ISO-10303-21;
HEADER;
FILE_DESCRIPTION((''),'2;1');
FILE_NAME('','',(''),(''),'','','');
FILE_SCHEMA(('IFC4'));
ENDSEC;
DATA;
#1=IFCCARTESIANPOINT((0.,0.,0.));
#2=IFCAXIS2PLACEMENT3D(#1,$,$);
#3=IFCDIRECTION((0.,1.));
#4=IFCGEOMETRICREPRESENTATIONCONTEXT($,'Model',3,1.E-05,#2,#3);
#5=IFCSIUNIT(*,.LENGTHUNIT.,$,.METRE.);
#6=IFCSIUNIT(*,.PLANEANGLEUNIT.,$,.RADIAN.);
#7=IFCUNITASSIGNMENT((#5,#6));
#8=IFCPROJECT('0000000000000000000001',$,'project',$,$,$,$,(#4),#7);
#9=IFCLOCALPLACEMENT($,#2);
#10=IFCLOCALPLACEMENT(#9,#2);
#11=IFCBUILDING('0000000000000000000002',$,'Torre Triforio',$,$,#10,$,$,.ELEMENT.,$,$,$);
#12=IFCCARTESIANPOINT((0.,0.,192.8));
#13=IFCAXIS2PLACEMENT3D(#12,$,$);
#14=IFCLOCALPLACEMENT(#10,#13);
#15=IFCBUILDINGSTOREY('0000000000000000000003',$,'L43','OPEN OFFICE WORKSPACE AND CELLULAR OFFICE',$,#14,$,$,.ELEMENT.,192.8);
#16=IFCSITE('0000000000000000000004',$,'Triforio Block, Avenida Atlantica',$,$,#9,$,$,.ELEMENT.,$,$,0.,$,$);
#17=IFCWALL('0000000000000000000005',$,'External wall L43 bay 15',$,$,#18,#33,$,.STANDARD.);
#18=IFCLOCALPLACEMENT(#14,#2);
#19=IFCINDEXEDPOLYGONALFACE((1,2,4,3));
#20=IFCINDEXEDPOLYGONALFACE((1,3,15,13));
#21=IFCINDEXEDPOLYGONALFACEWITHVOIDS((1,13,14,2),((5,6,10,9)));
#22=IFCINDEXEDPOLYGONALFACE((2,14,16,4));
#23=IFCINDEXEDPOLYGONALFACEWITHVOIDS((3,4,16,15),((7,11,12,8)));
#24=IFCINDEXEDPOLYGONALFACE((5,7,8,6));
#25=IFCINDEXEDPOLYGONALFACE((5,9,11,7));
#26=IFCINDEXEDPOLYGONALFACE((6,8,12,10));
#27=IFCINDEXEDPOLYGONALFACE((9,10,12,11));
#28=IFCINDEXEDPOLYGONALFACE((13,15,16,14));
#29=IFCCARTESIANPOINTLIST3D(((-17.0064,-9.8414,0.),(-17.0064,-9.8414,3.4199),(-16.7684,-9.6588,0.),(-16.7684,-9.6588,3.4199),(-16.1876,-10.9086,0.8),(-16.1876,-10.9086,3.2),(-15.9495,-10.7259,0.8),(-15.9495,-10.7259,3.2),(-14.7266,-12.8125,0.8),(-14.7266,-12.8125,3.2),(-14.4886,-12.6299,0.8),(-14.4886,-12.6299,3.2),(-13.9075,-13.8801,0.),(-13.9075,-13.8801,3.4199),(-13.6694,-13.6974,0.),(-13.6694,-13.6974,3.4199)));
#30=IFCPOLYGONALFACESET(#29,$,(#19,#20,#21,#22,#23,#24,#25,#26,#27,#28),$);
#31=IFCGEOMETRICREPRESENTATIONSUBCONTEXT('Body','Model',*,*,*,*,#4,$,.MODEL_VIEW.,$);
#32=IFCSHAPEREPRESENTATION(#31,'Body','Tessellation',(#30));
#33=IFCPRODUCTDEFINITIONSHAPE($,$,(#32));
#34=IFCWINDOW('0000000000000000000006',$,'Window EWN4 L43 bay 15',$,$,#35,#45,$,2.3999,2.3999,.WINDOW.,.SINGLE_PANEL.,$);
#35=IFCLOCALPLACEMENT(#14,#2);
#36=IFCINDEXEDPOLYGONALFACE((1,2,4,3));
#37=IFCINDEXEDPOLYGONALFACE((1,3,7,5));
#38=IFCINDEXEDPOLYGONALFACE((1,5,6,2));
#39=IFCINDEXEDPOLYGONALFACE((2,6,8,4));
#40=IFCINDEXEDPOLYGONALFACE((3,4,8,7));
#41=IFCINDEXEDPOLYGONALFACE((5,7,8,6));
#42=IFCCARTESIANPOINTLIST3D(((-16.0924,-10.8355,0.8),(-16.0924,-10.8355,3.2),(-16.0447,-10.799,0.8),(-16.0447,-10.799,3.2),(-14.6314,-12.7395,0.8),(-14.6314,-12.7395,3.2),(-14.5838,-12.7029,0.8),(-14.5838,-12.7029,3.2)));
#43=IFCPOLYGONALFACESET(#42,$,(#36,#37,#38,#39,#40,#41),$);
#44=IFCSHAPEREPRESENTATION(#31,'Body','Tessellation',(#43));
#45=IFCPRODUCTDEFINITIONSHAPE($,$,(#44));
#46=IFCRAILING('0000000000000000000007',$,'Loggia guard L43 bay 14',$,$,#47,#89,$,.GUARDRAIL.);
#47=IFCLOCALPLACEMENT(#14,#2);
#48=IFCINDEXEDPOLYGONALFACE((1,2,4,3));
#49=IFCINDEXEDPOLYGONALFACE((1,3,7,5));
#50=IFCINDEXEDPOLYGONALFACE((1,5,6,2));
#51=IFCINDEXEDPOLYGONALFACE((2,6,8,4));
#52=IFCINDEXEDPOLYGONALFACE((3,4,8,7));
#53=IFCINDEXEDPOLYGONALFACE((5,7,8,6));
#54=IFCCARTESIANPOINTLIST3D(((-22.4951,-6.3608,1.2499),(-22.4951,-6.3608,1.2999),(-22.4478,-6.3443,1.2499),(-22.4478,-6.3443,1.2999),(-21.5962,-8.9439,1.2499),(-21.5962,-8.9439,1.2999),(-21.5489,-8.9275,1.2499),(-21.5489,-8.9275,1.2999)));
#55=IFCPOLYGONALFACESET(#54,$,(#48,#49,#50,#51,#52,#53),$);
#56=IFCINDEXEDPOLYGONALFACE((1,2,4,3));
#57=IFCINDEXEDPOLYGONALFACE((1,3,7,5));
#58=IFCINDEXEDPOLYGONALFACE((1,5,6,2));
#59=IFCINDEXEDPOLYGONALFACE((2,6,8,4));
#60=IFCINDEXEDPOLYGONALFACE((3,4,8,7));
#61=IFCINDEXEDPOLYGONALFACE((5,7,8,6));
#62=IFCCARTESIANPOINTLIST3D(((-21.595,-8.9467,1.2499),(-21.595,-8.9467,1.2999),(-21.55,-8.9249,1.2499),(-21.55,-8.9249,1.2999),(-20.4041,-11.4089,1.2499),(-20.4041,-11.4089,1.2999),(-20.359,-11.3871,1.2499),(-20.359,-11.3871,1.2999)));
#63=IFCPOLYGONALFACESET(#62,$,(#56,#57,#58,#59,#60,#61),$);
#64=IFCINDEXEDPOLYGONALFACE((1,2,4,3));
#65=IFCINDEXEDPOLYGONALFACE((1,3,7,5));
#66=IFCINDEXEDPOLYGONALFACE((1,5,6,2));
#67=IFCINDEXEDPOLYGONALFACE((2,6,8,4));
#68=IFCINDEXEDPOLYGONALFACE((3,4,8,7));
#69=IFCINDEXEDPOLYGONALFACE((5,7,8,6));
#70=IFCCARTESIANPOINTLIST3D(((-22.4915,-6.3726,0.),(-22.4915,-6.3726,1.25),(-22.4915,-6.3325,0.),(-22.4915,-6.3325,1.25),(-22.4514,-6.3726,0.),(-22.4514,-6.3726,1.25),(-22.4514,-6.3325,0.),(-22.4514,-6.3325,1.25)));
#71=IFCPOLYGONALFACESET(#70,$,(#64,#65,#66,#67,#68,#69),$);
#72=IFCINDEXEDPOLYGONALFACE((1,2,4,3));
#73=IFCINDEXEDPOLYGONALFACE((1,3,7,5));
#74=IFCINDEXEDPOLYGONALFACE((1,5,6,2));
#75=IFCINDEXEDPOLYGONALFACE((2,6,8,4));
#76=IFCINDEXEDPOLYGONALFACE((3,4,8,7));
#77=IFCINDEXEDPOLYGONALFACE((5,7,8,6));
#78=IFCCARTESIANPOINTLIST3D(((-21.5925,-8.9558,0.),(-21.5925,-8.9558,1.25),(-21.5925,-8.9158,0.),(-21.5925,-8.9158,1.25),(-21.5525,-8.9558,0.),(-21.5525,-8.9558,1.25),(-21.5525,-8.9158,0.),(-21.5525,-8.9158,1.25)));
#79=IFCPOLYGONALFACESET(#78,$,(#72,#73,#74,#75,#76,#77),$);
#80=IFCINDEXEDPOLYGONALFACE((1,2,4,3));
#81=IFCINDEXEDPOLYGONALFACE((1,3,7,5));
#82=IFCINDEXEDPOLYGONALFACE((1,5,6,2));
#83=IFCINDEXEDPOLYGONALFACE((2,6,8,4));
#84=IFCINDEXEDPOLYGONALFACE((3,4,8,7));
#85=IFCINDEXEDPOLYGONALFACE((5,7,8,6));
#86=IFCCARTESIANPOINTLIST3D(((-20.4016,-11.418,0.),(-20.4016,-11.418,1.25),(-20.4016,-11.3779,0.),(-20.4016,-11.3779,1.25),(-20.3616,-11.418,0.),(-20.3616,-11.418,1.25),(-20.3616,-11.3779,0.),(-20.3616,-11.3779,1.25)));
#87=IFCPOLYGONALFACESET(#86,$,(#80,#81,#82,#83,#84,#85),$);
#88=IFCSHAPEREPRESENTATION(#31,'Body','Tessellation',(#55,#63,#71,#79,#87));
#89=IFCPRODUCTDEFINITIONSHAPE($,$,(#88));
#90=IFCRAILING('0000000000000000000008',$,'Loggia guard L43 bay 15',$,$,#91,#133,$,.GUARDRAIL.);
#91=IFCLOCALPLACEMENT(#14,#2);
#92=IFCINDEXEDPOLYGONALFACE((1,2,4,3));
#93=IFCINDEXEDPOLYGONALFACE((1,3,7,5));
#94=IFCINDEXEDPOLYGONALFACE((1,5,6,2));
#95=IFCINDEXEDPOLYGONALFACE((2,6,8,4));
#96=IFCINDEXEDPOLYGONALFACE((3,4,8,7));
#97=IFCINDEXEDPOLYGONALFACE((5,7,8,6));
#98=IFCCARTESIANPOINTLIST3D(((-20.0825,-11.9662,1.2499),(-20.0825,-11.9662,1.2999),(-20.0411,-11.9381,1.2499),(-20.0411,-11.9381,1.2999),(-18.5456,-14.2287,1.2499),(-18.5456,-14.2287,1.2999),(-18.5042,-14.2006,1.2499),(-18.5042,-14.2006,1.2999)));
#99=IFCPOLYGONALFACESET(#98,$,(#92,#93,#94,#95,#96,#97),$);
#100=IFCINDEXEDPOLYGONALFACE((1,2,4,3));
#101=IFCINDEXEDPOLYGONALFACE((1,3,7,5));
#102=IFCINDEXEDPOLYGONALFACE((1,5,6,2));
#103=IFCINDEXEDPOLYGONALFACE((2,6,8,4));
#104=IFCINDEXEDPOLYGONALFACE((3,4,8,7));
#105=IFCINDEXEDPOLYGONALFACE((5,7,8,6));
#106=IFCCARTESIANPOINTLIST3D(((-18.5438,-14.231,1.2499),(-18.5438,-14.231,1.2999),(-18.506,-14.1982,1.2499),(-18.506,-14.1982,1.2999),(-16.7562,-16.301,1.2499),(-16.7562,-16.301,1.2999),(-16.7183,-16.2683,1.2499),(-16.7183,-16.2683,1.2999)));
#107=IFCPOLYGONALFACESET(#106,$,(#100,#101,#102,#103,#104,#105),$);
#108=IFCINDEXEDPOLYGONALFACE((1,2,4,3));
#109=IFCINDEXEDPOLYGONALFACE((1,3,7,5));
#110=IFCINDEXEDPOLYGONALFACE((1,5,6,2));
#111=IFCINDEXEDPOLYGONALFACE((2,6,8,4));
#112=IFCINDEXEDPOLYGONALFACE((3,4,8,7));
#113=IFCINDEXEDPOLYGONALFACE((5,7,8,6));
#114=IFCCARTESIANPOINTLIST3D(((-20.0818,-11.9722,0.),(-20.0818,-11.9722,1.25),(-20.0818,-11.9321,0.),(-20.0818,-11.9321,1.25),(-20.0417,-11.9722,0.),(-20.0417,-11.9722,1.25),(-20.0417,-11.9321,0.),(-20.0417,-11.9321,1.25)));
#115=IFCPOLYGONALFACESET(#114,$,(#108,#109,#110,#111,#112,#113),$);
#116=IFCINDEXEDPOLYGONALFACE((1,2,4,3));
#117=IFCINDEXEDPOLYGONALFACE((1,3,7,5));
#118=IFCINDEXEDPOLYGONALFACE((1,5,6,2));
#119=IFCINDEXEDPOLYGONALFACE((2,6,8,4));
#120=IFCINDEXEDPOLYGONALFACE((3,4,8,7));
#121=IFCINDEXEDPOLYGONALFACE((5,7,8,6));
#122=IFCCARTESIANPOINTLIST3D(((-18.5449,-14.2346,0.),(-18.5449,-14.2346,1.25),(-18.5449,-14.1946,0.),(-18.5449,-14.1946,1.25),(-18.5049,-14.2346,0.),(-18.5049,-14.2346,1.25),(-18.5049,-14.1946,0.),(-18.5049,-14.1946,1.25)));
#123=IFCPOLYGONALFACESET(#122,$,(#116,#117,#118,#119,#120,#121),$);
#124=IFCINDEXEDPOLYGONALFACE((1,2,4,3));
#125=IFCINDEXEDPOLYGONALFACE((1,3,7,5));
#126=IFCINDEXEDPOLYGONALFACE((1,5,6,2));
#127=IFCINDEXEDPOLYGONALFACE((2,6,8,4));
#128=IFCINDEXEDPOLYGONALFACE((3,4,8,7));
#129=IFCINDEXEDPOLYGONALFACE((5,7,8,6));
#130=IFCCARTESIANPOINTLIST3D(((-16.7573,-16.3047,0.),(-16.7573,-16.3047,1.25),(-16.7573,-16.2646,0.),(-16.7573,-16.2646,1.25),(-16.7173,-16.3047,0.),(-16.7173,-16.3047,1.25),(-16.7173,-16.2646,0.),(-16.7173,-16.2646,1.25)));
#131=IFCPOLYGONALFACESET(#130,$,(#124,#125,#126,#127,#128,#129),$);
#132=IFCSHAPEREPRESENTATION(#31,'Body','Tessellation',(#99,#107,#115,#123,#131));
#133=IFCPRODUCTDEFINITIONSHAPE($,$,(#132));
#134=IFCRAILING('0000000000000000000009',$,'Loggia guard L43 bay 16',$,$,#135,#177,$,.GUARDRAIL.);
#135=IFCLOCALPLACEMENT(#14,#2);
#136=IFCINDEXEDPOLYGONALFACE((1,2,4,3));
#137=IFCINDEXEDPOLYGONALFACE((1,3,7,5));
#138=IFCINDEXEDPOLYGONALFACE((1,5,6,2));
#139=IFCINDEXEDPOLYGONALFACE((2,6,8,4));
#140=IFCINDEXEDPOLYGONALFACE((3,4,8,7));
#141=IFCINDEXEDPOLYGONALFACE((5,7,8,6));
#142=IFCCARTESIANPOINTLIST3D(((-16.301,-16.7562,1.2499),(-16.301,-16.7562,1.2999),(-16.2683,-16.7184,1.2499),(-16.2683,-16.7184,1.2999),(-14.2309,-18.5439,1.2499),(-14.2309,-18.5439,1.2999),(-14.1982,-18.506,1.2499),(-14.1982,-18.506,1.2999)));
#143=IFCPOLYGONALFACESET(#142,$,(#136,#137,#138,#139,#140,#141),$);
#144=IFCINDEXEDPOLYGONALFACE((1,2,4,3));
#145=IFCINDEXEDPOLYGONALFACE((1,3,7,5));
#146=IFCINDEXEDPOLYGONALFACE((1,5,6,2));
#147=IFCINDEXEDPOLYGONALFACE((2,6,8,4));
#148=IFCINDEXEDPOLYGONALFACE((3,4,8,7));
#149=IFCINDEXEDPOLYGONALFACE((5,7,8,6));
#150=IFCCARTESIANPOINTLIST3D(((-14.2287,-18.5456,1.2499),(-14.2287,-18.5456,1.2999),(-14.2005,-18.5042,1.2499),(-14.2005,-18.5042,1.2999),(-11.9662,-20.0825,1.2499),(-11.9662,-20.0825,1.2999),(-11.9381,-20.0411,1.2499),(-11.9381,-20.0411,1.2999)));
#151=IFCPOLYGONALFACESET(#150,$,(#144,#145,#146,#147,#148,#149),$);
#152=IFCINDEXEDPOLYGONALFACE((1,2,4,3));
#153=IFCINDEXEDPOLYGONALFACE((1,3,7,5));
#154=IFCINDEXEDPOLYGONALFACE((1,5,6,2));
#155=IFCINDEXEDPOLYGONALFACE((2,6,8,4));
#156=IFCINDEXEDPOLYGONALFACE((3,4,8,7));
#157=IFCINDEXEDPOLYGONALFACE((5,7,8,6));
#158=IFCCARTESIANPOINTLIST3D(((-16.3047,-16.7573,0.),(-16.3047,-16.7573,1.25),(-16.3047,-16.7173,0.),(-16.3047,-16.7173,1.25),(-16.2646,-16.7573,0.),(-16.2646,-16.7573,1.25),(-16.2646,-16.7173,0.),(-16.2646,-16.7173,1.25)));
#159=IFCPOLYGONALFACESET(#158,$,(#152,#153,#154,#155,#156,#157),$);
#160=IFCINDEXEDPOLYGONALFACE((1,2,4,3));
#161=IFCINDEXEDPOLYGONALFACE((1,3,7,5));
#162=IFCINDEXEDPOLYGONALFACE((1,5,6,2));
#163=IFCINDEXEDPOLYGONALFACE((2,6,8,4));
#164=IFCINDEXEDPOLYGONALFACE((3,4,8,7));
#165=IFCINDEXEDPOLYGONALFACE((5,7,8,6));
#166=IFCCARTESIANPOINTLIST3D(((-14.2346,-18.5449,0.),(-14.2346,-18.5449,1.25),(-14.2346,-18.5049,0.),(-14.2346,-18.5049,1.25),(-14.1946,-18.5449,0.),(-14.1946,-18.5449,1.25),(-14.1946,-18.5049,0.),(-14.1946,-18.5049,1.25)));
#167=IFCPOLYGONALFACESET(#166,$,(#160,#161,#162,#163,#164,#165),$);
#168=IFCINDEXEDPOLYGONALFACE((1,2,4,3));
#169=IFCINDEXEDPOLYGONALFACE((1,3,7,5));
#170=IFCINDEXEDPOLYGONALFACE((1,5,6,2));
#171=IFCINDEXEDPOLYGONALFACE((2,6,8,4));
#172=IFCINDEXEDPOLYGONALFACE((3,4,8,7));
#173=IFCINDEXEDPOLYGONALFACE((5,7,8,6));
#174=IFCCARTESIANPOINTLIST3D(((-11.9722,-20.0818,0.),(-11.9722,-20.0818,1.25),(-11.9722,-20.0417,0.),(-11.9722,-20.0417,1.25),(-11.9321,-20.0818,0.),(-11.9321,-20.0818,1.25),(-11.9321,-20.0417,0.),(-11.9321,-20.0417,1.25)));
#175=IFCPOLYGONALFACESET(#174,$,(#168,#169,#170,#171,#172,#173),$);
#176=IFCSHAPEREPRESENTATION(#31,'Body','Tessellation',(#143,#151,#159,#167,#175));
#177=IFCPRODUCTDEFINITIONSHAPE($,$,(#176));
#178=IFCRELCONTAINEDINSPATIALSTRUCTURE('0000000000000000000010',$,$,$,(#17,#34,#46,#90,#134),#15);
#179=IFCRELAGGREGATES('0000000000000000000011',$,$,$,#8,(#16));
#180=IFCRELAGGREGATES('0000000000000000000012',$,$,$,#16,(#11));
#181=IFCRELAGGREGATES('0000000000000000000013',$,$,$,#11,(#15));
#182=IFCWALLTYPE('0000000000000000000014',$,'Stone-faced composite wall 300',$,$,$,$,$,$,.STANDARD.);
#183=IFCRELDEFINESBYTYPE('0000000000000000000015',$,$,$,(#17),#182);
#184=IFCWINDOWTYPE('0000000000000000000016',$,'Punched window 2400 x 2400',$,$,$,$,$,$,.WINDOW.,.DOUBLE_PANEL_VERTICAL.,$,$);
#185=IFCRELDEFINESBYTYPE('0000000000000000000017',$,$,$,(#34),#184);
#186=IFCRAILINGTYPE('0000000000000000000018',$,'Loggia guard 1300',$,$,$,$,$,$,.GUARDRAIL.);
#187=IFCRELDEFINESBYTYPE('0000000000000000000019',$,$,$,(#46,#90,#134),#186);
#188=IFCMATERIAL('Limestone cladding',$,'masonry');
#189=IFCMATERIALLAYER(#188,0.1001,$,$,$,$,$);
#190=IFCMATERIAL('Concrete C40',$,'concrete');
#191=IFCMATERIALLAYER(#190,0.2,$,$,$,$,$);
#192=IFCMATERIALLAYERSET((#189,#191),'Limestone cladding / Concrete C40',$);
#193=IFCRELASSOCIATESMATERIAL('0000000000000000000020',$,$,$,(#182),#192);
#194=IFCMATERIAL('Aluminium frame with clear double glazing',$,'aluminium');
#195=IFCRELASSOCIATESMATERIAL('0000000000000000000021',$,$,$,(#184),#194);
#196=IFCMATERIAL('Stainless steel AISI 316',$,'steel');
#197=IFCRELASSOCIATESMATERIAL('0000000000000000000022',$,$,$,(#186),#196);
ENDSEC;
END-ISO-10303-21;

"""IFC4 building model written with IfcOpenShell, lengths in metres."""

from ifc_helpers import new_model, si_unit, direction, frame, frame_2d, origin, origin_2d, place, context, subcontext, project, spatial, rectangle, extrude, material, layer, layer_set, type_object, element, fill, save


model = new_model("IFC4")

# Units and contexts
model_context = context("Model", 3, precision=1e-05, world=origin(), true_north=direction((0.0, 1.0)))
body_context = subcontext(model_context, "Body", "Model", "MODEL_VIEW")
ifc_project = project(units=[si_unit("LENGTHUNIT", "METRE"), si_unit("PLANEANGLEUNIT", "RADIAN")], contexts=[model_context])

# Site, building, storey
site_placement = place(None, origin())
site = spatial("IfcSite", under=ifc_project, at=site_placement, Name="Triforio Block, Avenida Atlantica", CompositionType="ELEMENT", RefElevation=0.0)
building_placement = place(site_placement, origin())
building = spatial("IfcBuilding", under=site, at=building_placement, Name="Torre Triforio", CompositionType="ELEMENT")
storey_placement = place(building_placement, frame((0.0, 0.0, 192.8)))
storey = spatial("IfcBuildingStorey", under=building, at=storey_placement, Name="L43", Description="OPEN OFFICE WORKSPACE AND CELLULAR OFFICE", CompositionType="ELEMENT", Elevation=192.8)

# Shared definitions
ifc_material_1 = material(Name="Limestone cladding", Category="masonry")
ifc_material_2 = material(Name="Concrete C40", Category="concrete")

# Wall, opening, window
ifc_layer_1 = layer(ifc_material_1, 0.1001)
ifc_layer_2 = layer(ifc_material_2, 0.2)
ifc_layer_set_1 = layer_set([ifc_layer_1, ifc_layer_2], Name="Limestone cladding / Concrete C40")
wall_type_1 = type_object("IfcWallType", Name="Stone-faced composite wall 300", PredefinedType="STANDARD", material=ifc_layer_set_1)
wall_1_placement = place(storey_placement, frame((-16.8875, -9.75, 0.0), z_axis=(0.0, 0.0, 1.0), x_axis=(0.608758, -0.793356, 0.0)))
wall_1 = element("IfcWall", 1, at=wall_1_placement, inside=storey, type_object=wall_type_1, Name="External wall L43 bay 15", PredefinedType="STANDARD", context=body_context, shape_type="SweptSolid", body=[
    extrude(rectangle(XDim=5.0906, YDim=0.3, at=frame_2d((2.5454, 0.0))), origin(), (0.0, 0.0, 1.0), 3.4199),
])
opening_1_placement = place(wall_1_placement, frame((1.3452, 0.0, 0.8)))
opening_1 = element("IfcOpeningElement", 2, at=opening_1_placement, cuts=wall_1, PredefinedType="OPENING", context=body_context, shape_type="SweptSolid", body=[
    extrude(rectangle(XDim=2.3999, YDim=2.3999, at=frame_2d((1.2, 1.2))), frame((0.0, 0.1599, 0.0), z_axis=(0.0, -1.0, 0.0), x_axis=(1.0, 0.0, 0.0)), (0.0, 0.0, 1.0), 0.3201),
])
ifc_material_3 = material(Name="Aluminium frame with clear double glazing", Category="aluminium")
window_type_1 = type_object("IfcWindowType", Name="Punched window 2400 x 2400", PartitioningType="DOUBLE_PANEL_VERTICAL", PredefinedType="WINDOW", material=ifc_material_3)
window_1_placement = place(opening_1_placement, origin())
window_1 = element("IfcWindow", 3, at=window_1_placement, inside=storey, type_object=window_type_1, Name="Window EWN4 L43 bay 15", OverallHeight=2.3999, OverallWidth=2.3999, PartitioningType="SINGLE_PANEL", PredefinedType="WINDOW", context=body_context, shape_type="SweptSolid", body=[
    extrude(rectangle(XDim=2.3999, YDim=2.3999, at=frame_2d((1.2, 1.2))), frame((0.0, 0.03, 0.0), z_axis=(0.0, -1.0, 0.0), x_axis=(1.0, 0.0, 0.0)), (0.0, 0.0, 1.0), 0.0601),
])
fill(opening_1, window_1)

# Railings
ifc_material_4 = material(Name="Stainless steel AISI 316", Category="steel")
railing_type = type_object("IfcRailingType", Name="Loggia guard 1300", PredefinedType="GUARDRAIL", material=ifc_material_4)
railing_1_placement = place(storey_placement, frame((-22.4714, -6.3525, 0.0)))
element("IfcRailing", 4, at=railing_1_placement, inside=storey, type_object=railing_type, Name="Loggia guard L43 bay 14", PredefinedType="GUARDRAIL", context=body_context, shape_type="SweptSolid", body=[
    extrude(rectangle(XDim=0.05, YDim=0.05, at=origin_2d()), frame((0.0, 0.0, 1.2749), z_axis=(0.328652, -0.944451, 0.0), x_axis=(0.944451, 0.328652, 0.0)), (0.0, 0.0, 1.0), 2.7351),
    extrude(rectangle(XDim=0.05, YDim=0.05, at=origin_2d()), frame((0.8989, -2.5833, 1.2749), z_axis=(0.435428, -0.900224, 0.0), x_axis=(0.900224, 0.435428, 0.0)), (0.0, 0.0, 1.0), 2.7351),
    extrude(rectangle(XDim=0.04, YDim=0.04, at=origin_2d()), origin(), (0.0, 0.0, 1.0), 1.25),
    extrude(rectangle(XDim=0.04, YDim=0.04, at=origin_2d()), frame((0.8989, -2.5833, 0.0)), (0.0, 0.0, 1.0), 1.25),
    extrude(rectangle(XDim=0.04, YDim=0.04, at=origin_2d()), frame((2.0898, -5.0454, 0.0)), (0.0, 0.0, 1.0), 1.25),
])
railing_2_placement = place(storey_placement, frame((-20.0618, -11.9521, 0.0)))
element("IfcRailing", 5, at=railing_2_placement, inside=storey, type_object=railing_type, Name="Loggia guard L43 bay 15", PredefinedType="GUARDRAIL", context=body_context, shape_type="SweptSolid", body=[
    extrude(rectangle(XDim=0.05, YDim=0.05, at=origin_2d()), frame((0.0, 0.0, 1.2749), z_axis=(0.56191, -0.827199, 0.0), x_axis=(0.827199, 0.56191, 0.0)), (0.0, 0.0, 1.0), 2.7351),
    extrude(rectangle(XDim=0.05, YDim=0.05, at=origin_2d()), frame((1.5369, -2.2625, 1.2749), z_axis=(0.65358, -0.756857, 0.0), x_axis=(0.756857, 0.65358, 0.0)), (0.0, 0.0, 1.0), 2.7351),
    extrude(rectangle(XDim=0.04, YDim=0.04, at=origin_2d()), origin(), (0.0, 0.0, 1.0), 1.25),
    extrude(rectangle(XDim=0.04, YDim=0.04, at=origin_2d()), frame((1.5369, -2.2625, 0.0)), (0.0, 0.0, 1.0), 1.25),
    extrude(rectangle(XDim=0.04, YDim=0.04, at=origin_2d()), frame((3.3245, -4.3325, 0.0)), (0.0, 0.0, 1.0), 1.25),
])
railing_3_placement = place(storey_placement, frame((-16.2847, -16.7373, 0.0)))
element("IfcRailing", 6, at=railing_3_placement, inside=storey, type_object=railing_type, Name="Loggia guard L43 bay 16", PredefinedType="GUARDRAIL", context=body_context, shape_type="SweptSolid", body=[
    extrude(rectangle(XDim=0.05, YDim=0.05, at=origin_2d()), frame((0.0, 0.0, 1.2749), z_axis=(0.756857, -0.65358, 0.0), x_axis=(0.65358, 0.756857, 0.0)), (0.0, 0.0, 1.0), 2.7351),
    extrude(rectangle(XDim=0.05, YDim=0.05, at=origin_2d()), frame((2.0701, -1.7876, 1.2749), z_axis=(0.827199, -0.56191, 0.0), x_axis=(0.56191, 0.827199, 0.0)), (0.0, 0.0, 1.0), 2.7351),
    extrude(rectangle(XDim=0.04, YDim=0.04, at=origin_2d()), origin(), (0.0, 0.0, 1.0), 1.25),
    extrude(rectangle(XDim=0.04, YDim=0.04, at=origin_2d()), frame((2.0701, -1.7876, 0.0)), (0.0, 0.0, 1.0), 1.25),
    extrude(rectangle(XDim=0.04, YDim=0.04, at=origin_2d()), frame((4.3325, -3.3245, 0.0)), (0.0, 0.0, 1.0), 1.25),
])

save(model, "model.ifc")
